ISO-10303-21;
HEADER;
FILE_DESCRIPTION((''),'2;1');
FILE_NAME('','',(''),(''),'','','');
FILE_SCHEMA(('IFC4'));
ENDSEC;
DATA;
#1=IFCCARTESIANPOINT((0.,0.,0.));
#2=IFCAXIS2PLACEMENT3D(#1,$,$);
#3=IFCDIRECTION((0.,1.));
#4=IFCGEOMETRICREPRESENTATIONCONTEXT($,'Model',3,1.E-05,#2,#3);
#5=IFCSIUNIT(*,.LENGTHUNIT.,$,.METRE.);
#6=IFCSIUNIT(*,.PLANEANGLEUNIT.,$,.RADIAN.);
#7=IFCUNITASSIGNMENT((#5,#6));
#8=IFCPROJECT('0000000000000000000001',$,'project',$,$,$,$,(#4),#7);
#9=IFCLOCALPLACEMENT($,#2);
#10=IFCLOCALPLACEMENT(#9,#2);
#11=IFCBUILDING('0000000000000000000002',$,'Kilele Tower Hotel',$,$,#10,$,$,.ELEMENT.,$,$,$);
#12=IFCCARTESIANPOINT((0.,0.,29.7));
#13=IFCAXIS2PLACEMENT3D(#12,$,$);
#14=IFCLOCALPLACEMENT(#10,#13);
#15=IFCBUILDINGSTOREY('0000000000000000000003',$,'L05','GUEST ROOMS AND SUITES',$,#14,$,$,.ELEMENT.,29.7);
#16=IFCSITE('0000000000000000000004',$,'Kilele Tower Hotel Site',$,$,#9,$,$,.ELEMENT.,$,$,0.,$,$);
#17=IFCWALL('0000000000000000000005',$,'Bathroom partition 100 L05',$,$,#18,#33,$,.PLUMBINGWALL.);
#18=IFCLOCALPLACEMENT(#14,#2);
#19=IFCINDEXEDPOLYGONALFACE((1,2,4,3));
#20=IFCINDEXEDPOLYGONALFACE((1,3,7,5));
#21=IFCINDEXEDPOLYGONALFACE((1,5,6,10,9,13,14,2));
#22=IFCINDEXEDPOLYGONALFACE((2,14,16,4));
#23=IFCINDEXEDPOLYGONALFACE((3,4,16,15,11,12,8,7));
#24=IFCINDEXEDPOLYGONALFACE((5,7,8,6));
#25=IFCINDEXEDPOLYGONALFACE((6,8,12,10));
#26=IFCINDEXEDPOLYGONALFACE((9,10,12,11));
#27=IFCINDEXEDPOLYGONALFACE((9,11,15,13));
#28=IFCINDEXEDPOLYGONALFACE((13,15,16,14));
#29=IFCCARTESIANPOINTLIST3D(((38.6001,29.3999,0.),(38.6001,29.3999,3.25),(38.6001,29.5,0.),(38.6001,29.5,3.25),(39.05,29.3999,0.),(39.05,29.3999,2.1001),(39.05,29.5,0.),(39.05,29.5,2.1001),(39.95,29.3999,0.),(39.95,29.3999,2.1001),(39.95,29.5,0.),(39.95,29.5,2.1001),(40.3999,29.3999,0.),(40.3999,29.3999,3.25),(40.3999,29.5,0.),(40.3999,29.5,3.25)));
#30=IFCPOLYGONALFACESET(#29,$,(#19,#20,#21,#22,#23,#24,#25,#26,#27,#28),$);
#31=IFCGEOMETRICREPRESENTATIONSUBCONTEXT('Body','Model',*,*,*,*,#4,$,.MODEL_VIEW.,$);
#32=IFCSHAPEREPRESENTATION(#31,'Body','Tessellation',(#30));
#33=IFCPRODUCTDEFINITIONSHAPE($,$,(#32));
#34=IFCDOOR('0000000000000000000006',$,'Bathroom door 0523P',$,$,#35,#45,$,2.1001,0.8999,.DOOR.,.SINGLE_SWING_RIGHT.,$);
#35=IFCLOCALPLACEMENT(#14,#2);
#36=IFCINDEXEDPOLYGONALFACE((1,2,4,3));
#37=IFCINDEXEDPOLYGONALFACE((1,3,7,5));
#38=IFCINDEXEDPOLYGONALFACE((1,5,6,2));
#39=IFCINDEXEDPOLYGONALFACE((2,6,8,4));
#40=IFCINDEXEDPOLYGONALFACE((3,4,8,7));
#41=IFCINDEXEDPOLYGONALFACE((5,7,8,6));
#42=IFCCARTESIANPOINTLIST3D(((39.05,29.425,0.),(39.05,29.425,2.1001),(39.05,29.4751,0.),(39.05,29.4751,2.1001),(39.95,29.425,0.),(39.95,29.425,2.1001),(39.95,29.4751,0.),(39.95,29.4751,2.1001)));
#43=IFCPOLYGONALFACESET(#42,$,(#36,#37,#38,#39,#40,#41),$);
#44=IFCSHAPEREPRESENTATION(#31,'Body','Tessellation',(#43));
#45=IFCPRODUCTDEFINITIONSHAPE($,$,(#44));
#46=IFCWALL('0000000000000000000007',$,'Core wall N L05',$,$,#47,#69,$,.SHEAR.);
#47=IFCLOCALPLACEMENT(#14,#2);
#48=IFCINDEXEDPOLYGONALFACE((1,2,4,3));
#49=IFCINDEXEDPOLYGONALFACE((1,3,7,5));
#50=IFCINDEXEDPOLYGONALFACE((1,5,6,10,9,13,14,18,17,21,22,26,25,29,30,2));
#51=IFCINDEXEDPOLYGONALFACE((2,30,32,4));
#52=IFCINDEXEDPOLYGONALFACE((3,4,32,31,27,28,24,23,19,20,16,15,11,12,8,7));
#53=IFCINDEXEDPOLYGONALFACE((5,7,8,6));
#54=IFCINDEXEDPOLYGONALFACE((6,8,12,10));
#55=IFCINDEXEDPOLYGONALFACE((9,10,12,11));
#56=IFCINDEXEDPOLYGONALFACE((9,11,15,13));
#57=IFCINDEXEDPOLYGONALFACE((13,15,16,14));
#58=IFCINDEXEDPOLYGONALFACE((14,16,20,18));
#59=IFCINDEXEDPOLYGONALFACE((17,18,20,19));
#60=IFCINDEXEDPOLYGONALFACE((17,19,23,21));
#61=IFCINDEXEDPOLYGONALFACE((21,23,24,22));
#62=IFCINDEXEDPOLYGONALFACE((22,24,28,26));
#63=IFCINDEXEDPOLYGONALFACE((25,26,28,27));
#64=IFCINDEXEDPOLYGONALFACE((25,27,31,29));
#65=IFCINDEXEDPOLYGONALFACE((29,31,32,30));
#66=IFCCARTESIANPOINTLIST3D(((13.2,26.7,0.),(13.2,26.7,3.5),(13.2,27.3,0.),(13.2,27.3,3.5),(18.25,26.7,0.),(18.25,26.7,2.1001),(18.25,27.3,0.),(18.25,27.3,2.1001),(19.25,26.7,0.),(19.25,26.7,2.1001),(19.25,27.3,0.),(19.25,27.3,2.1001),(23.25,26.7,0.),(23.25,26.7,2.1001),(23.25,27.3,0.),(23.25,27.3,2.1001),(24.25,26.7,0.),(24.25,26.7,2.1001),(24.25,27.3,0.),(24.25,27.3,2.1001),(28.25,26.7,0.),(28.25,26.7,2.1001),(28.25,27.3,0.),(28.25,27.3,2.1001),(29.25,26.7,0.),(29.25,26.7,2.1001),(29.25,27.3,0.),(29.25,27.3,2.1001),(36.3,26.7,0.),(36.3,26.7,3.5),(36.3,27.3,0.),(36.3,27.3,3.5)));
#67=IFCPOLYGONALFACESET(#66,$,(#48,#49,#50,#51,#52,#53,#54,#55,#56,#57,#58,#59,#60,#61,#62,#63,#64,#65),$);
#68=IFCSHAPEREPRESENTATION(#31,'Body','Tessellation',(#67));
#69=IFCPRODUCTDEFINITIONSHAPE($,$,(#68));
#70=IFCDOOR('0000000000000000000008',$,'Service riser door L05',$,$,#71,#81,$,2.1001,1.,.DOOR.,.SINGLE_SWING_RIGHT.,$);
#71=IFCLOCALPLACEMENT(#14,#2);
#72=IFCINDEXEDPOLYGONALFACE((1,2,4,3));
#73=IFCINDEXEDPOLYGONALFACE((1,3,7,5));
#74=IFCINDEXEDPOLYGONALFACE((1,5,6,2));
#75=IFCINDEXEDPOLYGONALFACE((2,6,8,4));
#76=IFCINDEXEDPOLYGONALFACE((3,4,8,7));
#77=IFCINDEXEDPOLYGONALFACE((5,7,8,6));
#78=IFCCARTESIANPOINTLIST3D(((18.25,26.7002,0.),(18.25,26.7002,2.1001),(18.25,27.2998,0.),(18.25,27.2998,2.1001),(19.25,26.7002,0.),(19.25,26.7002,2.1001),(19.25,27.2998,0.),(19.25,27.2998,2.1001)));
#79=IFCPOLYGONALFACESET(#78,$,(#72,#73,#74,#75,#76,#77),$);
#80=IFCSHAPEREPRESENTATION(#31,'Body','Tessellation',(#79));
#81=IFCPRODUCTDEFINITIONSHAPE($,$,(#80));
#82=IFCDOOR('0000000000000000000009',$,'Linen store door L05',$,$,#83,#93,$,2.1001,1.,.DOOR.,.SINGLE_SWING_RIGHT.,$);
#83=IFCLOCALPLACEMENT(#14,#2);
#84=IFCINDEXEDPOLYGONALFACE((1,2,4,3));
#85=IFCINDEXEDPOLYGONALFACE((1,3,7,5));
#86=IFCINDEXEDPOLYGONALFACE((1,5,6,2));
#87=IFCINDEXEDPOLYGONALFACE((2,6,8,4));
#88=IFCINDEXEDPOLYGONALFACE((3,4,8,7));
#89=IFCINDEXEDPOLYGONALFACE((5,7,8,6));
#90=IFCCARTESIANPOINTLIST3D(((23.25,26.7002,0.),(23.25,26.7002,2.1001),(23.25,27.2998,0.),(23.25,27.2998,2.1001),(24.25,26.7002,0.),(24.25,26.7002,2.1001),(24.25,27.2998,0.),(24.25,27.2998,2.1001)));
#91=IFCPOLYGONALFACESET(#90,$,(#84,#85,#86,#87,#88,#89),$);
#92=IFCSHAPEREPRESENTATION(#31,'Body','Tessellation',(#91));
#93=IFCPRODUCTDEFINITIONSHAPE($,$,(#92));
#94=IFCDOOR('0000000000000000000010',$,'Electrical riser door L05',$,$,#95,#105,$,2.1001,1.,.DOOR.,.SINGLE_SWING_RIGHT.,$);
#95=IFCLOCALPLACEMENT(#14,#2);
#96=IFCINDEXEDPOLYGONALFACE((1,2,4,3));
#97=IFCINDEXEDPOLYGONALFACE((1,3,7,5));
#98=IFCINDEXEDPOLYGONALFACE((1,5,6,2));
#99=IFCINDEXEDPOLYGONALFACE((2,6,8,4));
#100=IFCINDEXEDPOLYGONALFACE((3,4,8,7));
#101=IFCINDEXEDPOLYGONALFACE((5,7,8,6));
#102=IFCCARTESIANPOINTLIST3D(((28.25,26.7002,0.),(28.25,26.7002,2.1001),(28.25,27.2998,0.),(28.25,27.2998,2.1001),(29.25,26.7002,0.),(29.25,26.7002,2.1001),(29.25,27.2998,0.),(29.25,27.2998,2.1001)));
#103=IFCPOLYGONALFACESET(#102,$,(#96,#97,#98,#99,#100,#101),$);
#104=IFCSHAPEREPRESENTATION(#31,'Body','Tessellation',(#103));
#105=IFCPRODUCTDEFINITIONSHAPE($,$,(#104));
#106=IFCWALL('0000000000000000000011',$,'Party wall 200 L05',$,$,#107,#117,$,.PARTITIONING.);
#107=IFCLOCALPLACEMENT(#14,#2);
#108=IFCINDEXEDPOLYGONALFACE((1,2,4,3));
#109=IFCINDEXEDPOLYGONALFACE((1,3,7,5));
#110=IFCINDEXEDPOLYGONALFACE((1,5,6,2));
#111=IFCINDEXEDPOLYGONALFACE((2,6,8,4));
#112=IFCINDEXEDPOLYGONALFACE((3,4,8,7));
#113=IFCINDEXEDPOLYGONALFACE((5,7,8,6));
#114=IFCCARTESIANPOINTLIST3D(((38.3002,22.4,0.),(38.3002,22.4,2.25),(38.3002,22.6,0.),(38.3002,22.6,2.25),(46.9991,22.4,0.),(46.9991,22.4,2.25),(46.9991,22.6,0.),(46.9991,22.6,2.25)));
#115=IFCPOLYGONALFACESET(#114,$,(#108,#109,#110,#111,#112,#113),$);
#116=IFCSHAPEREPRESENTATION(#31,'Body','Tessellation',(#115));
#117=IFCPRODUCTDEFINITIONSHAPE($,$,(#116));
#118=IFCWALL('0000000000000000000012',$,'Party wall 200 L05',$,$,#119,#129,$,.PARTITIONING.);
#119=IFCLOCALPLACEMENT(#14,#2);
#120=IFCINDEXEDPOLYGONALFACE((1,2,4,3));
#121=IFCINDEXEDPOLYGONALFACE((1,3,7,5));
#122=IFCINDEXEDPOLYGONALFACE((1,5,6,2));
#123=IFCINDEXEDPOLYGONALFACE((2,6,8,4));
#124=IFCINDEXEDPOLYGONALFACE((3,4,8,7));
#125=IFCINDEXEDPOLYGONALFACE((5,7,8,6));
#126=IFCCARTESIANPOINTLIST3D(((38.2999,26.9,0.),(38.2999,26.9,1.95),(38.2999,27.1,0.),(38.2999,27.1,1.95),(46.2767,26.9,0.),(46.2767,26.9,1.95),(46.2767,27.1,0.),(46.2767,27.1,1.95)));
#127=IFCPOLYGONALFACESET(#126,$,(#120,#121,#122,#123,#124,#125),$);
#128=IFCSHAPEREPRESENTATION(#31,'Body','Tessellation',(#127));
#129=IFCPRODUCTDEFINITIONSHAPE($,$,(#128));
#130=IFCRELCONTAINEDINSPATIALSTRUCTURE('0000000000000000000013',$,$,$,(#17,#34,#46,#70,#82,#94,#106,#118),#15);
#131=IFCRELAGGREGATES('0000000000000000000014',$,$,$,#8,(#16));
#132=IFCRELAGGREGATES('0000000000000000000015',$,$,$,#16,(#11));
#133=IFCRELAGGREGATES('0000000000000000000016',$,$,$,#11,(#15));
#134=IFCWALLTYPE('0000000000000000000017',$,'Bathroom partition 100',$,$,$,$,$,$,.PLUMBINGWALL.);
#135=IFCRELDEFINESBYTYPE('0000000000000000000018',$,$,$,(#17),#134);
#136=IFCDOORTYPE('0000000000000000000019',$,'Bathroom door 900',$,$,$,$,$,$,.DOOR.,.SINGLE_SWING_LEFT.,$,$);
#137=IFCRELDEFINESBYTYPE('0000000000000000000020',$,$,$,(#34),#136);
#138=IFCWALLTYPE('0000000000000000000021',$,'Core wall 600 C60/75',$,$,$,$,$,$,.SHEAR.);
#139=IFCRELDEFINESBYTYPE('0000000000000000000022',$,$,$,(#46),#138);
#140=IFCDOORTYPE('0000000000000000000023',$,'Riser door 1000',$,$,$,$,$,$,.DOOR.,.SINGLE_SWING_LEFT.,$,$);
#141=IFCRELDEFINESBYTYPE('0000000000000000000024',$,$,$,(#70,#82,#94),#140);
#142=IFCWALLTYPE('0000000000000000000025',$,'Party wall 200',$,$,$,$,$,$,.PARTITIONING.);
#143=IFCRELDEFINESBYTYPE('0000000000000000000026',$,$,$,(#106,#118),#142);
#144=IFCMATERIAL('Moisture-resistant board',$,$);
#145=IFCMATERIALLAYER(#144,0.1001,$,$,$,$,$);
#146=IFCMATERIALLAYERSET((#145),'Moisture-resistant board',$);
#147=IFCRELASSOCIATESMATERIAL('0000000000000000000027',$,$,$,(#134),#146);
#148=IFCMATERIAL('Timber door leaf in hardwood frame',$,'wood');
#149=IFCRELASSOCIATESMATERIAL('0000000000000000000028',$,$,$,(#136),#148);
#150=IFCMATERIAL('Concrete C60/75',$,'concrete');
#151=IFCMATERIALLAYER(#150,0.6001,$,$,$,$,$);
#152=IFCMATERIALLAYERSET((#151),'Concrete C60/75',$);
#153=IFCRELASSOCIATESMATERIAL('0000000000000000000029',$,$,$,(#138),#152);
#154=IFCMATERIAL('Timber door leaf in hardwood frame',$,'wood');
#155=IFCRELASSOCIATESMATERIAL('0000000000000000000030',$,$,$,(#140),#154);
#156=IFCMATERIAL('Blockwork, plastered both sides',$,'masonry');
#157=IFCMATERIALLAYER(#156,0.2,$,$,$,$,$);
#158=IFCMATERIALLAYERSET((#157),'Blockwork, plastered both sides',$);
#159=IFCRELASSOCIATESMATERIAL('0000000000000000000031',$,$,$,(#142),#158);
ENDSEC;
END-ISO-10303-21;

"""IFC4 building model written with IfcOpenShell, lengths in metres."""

from ifc_helpers import new_model, si_unit, direction, frame, frame_2d, origin, place, context, subcontext, project, spatial, rectangle, extrude, material, layer, layer_set, type_object, element, fill, save


model = new_model("IFC4")

# Units and contexts
model_context = context("Model", 3, precision=1e-05, world=origin(), true_north=direction((0.0, 1.0)))
body_context = subcontext(model_context, "Body", "Model", "MODEL_VIEW")
ifc_project = project(units=[si_unit("LENGTHUNIT", "METRE"), si_unit("PLANEANGLEUNIT", "RADIAN")], contexts=[model_context])

# Site, building, storey
site_placement = place(None, origin())
site = spatial("IfcSite", under=ifc_project, at=site_placement, Name="Kilele Tower Hotel Site", CompositionType="ELEMENT", RefElevation=0.0)
building_placement = place(site_placement, origin())
building = spatial("IfcBuilding", under=site, at=building_placement, Name="Kilele Tower Hotel", CompositionType="ELEMENT")
storey_placement = place(building_placement, frame((0.0, 0.0, 29.7)))
storey = spatial("IfcBuildingStorey", under=building, at=storey_placement, Name="L05", Description="GUEST ROOMS AND SUITES", CompositionType="ELEMENT", Elevation=29.7)

# Shared definitions
ifc_material_1 = material(Name="Moisture-resistant board")
ifc_layer_1 = layer(ifc_material_1, 0.1001)
ifc_layer_set_1 = layer_set([ifc_layer_1], Name="Moisture-resistant board")
wall_type_1 = type_object("IfcWallType", Name="Bathroom partition 100", PredefinedType="PLUMBINGWALL", material=ifc_layer_set_1)
ifc_material_2 = material(Name="Timber door leaf in hardwood frame", Category="wood")
door_type_1 = type_object("IfcDoorType", Name="Bathroom door 900", OperationType="SINGLE_SWING_LEFT", PredefinedType="DOOR", material=ifc_material_2)

# Wall, opening, door
wall_1_placement = place(storey_placement, frame((38.6001, 29.45, 0.0), z_axis=(0.0, 0.0, 1.0), x_axis=(1.0, 0.0, 0.0)))
wall_1 = element("IfcWall", 1, at=wall_1_placement, inside=storey, type_object=wall_type_1, Name="Bathroom partition 100 L05", PredefinedType="PLUMBINGWALL", context=body_context, shape_type="SweptSolid", body=[
    extrude(rectangle(XDim=1.7998, YDim=0.1001, at=frame_2d((0.8999, 0.0))), origin(), (0.0, 0.0, 1.0), 3.25),
])
opening_1_placement = place(wall_1_placement, frame((1.3499, 0.0, 0.0), z_axis=(0.0, 0.0, 1.0), x_axis=(-1.0, 0.0, 0.0)))
opening_1 = element("IfcOpeningElement", 2, at=opening_1_placement, cuts=wall_1, PredefinedType="OPENING", context=body_context, shape_type="SweptSolid", body=[
    extrude(rectangle(XDim=0.8999, YDim=2.1001, at=frame_2d((0.45, 1.05))), frame((0.0, 0.0601, 0.0), z_axis=(0.0, -1.0, 0.0), x_axis=(1.0, 0.0, 0.0)), (0.0, 0.0, 1.0), 0.1201),
])
door_1_placement = place(opening_1_placement, origin())
door_1 = element("IfcDoor", 3, at=door_1_placement, inside=storey, type_object=door_type_1, Name="Bathroom door 0523P", OperationType="SINGLE_SWING_RIGHT", OverallHeight=2.1001, OverallWidth=0.8999, PredefinedType="DOOR", context=body_context, shape_type="SweptSolid", body=[
    extrude(rectangle(XDim=0.8999, YDim=2.1001, at=frame_2d((0.45, 1.05))), frame((0.0, 0.0249, 0.0), z_axis=(0.0, -1.0, 0.0), x_axis=(1.0, 0.0, 0.0)), (0.0, 0.0, 1.0), 0.05),
])
fill(opening_1, door_1)

# Wall, openings, doors
ifc_material_3 = material(Name="Concrete C60/75", Category="concrete")
ifc_layer_2 = layer(ifc_material_3, 0.6001)
ifc_layer_set_2 = layer_set([ifc_layer_2], Name="Concrete C60/75")
wall_type_2 = type_object("IfcWallType", Name="Core wall 600 C60/75", PredefinedType="SHEAR", material=ifc_layer_set_2)
wall_2_placement = place(storey_placement, frame((36.3, 27.0, 0.0), z_axis=(0.0, 0.0, 1.0), x_axis=(-1.0, 0.0, 0.0)))
wall_2 = element("IfcWall", 4, at=wall_2_placement, inside=storey, type_object=wall_type_2, Name="Core wall N L05", PredefinedType="SHEAR", context=body_context, shape_type="SweptSolid", body=[
    extrude(rectangle(XDim=23.1001, YDim=0.6001, at=frame_2d((11.55, 0.0))), origin(), (0.0, 0.0, 1.0), 3.5),
])
opening_2_placement = place(wall_2_placement, frame((17.05, 0.0, 0.0)))
opening_2 = element("IfcOpeningElement", 5, at=opening_2_placement, cuts=wall_2, PredefinedType="OPENING", context=body_context, shape_type="SweptSolid", body=[
    extrude(rectangle(XDim=1.0, YDim=2.1001, at=frame_2d((0.5, 1.05))), frame((0.0, 0.3101, 0.0), z_axis=(0.0, -1.0, 0.0), x_axis=(1.0, 0.0, 0.0)), (0.0, 0.0, 1.0), 0.6201),
])
opening_3_placement = place(wall_2_placement, frame((12.05, 0.0, 0.0)))
opening_3 = element("IfcOpeningElement", 6, at=opening_3_placement, cuts=wall_2, PredefinedType="OPENING", context=body_context, shape_type="SweptSolid", body=[
    extrude(rectangle(XDim=1.0, YDim=2.1001, at=frame_2d((0.5, 1.05))), frame((0.0, 0.3101, 0.0), z_axis=(0.0, -1.0, 0.0), x_axis=(1.0, 0.0, 0.0)), (0.0, 0.0, 1.0), 0.6201),
])
opening_4_placement = place(wall_2_placement, frame((7.05, 0.0, 0.0)))
opening_4 = element("IfcOpeningElement", 7, at=opening_4_placement, cuts=wall_2, PredefinedType="OPENING", context=body_context, shape_type="SweptSolid", body=[
    extrude(rectangle(XDim=1.0, YDim=2.1001, at=frame_2d((0.5, 1.05))), frame((0.0, 0.3101, 0.0), z_axis=(0.0, -1.0, 0.0), x_axis=(1.0, 0.0, 0.0)), (0.0, 0.0, 1.0), 0.6201),
])
ifc_material_4 = material(Name="Timber door leaf in hardwood frame", Category="wood")
door_type_2 = type_object("IfcDoorType", Name="Riser door 1000", OperationType="SINGLE_SWING_LEFT", PredefinedType="DOOR", material=ifc_material_4)
door_2_placement = place(opening_2_placement, origin())
door_2 = element("IfcDoor", 8, at=door_2_placement, inside=storey, type_object=door_type_2, Name="Service riser door L05", OperationType="SINGLE_SWING_RIGHT", OverallHeight=2.1001, OverallWidth=1.0, PredefinedType="DOOR", context=body_context, shape_type="SweptSolid", body=[
    extrude(rectangle(XDim=1.0, YDim=2.1001, at=frame_2d((0.5, 1.05))), frame((0.0, 0.2998, 0.0), z_axis=(0.0, -1.0, 0.0), x_axis=(1.0, 0.0, 0.0)), (0.0, 0.0, 1.0), 0.5996),
])
fill(opening_2, door_2)
door_3_placement = place(opening_3_placement, origin())
door_3 = element("IfcDoor", 9, at=door_3_placement, inside=storey, type_object=door_type_2, Name="Linen store door L05", OperationType="SINGLE_SWING_RIGHT", OverallHeight=2.1001, OverallWidth=1.0, PredefinedType="DOOR", context=body_context, shape_type="SweptSolid", body=[
    extrude(rectangle(XDim=1.0, YDim=2.1001, at=frame_2d((0.5, 1.05))), frame((0.0, 0.2998, 0.0), z_axis=(0.0, -1.0, 0.0), x_axis=(1.0, 0.0, 0.0)), (0.0, 0.0, 1.0), 0.5996),
])
fill(opening_3, door_3)
door_4_placement = place(opening_4_placement, origin())
door_4 = element("IfcDoor", 10, at=door_4_placement, inside=storey, type_object=door_type_2, Name="Electrical riser door L05", OperationType="SINGLE_SWING_RIGHT", OverallHeight=2.1001, OverallWidth=1.0, PredefinedType="DOOR", context=body_context, shape_type="SweptSolid", body=[
    extrude(rectangle(XDim=1.0, YDim=2.1001, at=frame_2d((0.5, 1.05))), frame((0.0, 0.2998, 0.0), z_axis=(0.0, -1.0, 0.0), x_axis=(1.0, 0.0, 0.0)), (0.0, 0.0, 1.0), 0.5996),
])
fill(opening_4, door_4)

# Walls
ifc_material_5 = material(Name="Blockwork, plastered both sides", Category="masonry")
ifc_layer_3 = layer(ifc_material_5, 0.2)
ifc_layer_set_3 = layer_set([ifc_layer_3], Name="Blockwork, plastered both sides")
wall_type_3 = type_object("IfcWallType", Name="Party wall 200", PredefinedType="PARTITIONING", material=ifc_layer_set_3)
wall_3_placement = place(storey_placement, frame((38.3, 22.5, 0.0), z_axis=(0.0, 0.0, 1.0), x_axis=(1.0, 0.0, 0.0)))
element("IfcWall", 11, at=wall_3_placement, inside=storey, type_object=wall_type_3, Name="Party wall 200 L05", PredefinedType="PARTITIONING", context=body_context, shape_type="SweptSolid", body=[
    extrude(rectangle(XDim=8.699, YDim=0.2, at=frame_2d((4.3496, 0.0))), origin(), (0.0, 0.0, 1.0), 2.25),
])
wall_4_placement = place(storey_placement, frame((38.3, 27.0, 0.0), z_axis=(0.0, 0.0, 1.0), x_axis=(1.0, 0.0, 0.0)))
element("IfcWall", 12, at=wall_4_placement, inside=storey, type_object=wall_type_3, Name="Party wall 200 L05", PredefinedType="PARTITIONING", context=body_context, shape_type="SweptSolid", body=[
    extrude(rectangle(XDim=7.9768, YDim=0.2, at=frame_2d((3.9883, 0.0))), origin(), (0.0, 0.0, 1.0), 1.95),
])

save(model, "model.ifc")
